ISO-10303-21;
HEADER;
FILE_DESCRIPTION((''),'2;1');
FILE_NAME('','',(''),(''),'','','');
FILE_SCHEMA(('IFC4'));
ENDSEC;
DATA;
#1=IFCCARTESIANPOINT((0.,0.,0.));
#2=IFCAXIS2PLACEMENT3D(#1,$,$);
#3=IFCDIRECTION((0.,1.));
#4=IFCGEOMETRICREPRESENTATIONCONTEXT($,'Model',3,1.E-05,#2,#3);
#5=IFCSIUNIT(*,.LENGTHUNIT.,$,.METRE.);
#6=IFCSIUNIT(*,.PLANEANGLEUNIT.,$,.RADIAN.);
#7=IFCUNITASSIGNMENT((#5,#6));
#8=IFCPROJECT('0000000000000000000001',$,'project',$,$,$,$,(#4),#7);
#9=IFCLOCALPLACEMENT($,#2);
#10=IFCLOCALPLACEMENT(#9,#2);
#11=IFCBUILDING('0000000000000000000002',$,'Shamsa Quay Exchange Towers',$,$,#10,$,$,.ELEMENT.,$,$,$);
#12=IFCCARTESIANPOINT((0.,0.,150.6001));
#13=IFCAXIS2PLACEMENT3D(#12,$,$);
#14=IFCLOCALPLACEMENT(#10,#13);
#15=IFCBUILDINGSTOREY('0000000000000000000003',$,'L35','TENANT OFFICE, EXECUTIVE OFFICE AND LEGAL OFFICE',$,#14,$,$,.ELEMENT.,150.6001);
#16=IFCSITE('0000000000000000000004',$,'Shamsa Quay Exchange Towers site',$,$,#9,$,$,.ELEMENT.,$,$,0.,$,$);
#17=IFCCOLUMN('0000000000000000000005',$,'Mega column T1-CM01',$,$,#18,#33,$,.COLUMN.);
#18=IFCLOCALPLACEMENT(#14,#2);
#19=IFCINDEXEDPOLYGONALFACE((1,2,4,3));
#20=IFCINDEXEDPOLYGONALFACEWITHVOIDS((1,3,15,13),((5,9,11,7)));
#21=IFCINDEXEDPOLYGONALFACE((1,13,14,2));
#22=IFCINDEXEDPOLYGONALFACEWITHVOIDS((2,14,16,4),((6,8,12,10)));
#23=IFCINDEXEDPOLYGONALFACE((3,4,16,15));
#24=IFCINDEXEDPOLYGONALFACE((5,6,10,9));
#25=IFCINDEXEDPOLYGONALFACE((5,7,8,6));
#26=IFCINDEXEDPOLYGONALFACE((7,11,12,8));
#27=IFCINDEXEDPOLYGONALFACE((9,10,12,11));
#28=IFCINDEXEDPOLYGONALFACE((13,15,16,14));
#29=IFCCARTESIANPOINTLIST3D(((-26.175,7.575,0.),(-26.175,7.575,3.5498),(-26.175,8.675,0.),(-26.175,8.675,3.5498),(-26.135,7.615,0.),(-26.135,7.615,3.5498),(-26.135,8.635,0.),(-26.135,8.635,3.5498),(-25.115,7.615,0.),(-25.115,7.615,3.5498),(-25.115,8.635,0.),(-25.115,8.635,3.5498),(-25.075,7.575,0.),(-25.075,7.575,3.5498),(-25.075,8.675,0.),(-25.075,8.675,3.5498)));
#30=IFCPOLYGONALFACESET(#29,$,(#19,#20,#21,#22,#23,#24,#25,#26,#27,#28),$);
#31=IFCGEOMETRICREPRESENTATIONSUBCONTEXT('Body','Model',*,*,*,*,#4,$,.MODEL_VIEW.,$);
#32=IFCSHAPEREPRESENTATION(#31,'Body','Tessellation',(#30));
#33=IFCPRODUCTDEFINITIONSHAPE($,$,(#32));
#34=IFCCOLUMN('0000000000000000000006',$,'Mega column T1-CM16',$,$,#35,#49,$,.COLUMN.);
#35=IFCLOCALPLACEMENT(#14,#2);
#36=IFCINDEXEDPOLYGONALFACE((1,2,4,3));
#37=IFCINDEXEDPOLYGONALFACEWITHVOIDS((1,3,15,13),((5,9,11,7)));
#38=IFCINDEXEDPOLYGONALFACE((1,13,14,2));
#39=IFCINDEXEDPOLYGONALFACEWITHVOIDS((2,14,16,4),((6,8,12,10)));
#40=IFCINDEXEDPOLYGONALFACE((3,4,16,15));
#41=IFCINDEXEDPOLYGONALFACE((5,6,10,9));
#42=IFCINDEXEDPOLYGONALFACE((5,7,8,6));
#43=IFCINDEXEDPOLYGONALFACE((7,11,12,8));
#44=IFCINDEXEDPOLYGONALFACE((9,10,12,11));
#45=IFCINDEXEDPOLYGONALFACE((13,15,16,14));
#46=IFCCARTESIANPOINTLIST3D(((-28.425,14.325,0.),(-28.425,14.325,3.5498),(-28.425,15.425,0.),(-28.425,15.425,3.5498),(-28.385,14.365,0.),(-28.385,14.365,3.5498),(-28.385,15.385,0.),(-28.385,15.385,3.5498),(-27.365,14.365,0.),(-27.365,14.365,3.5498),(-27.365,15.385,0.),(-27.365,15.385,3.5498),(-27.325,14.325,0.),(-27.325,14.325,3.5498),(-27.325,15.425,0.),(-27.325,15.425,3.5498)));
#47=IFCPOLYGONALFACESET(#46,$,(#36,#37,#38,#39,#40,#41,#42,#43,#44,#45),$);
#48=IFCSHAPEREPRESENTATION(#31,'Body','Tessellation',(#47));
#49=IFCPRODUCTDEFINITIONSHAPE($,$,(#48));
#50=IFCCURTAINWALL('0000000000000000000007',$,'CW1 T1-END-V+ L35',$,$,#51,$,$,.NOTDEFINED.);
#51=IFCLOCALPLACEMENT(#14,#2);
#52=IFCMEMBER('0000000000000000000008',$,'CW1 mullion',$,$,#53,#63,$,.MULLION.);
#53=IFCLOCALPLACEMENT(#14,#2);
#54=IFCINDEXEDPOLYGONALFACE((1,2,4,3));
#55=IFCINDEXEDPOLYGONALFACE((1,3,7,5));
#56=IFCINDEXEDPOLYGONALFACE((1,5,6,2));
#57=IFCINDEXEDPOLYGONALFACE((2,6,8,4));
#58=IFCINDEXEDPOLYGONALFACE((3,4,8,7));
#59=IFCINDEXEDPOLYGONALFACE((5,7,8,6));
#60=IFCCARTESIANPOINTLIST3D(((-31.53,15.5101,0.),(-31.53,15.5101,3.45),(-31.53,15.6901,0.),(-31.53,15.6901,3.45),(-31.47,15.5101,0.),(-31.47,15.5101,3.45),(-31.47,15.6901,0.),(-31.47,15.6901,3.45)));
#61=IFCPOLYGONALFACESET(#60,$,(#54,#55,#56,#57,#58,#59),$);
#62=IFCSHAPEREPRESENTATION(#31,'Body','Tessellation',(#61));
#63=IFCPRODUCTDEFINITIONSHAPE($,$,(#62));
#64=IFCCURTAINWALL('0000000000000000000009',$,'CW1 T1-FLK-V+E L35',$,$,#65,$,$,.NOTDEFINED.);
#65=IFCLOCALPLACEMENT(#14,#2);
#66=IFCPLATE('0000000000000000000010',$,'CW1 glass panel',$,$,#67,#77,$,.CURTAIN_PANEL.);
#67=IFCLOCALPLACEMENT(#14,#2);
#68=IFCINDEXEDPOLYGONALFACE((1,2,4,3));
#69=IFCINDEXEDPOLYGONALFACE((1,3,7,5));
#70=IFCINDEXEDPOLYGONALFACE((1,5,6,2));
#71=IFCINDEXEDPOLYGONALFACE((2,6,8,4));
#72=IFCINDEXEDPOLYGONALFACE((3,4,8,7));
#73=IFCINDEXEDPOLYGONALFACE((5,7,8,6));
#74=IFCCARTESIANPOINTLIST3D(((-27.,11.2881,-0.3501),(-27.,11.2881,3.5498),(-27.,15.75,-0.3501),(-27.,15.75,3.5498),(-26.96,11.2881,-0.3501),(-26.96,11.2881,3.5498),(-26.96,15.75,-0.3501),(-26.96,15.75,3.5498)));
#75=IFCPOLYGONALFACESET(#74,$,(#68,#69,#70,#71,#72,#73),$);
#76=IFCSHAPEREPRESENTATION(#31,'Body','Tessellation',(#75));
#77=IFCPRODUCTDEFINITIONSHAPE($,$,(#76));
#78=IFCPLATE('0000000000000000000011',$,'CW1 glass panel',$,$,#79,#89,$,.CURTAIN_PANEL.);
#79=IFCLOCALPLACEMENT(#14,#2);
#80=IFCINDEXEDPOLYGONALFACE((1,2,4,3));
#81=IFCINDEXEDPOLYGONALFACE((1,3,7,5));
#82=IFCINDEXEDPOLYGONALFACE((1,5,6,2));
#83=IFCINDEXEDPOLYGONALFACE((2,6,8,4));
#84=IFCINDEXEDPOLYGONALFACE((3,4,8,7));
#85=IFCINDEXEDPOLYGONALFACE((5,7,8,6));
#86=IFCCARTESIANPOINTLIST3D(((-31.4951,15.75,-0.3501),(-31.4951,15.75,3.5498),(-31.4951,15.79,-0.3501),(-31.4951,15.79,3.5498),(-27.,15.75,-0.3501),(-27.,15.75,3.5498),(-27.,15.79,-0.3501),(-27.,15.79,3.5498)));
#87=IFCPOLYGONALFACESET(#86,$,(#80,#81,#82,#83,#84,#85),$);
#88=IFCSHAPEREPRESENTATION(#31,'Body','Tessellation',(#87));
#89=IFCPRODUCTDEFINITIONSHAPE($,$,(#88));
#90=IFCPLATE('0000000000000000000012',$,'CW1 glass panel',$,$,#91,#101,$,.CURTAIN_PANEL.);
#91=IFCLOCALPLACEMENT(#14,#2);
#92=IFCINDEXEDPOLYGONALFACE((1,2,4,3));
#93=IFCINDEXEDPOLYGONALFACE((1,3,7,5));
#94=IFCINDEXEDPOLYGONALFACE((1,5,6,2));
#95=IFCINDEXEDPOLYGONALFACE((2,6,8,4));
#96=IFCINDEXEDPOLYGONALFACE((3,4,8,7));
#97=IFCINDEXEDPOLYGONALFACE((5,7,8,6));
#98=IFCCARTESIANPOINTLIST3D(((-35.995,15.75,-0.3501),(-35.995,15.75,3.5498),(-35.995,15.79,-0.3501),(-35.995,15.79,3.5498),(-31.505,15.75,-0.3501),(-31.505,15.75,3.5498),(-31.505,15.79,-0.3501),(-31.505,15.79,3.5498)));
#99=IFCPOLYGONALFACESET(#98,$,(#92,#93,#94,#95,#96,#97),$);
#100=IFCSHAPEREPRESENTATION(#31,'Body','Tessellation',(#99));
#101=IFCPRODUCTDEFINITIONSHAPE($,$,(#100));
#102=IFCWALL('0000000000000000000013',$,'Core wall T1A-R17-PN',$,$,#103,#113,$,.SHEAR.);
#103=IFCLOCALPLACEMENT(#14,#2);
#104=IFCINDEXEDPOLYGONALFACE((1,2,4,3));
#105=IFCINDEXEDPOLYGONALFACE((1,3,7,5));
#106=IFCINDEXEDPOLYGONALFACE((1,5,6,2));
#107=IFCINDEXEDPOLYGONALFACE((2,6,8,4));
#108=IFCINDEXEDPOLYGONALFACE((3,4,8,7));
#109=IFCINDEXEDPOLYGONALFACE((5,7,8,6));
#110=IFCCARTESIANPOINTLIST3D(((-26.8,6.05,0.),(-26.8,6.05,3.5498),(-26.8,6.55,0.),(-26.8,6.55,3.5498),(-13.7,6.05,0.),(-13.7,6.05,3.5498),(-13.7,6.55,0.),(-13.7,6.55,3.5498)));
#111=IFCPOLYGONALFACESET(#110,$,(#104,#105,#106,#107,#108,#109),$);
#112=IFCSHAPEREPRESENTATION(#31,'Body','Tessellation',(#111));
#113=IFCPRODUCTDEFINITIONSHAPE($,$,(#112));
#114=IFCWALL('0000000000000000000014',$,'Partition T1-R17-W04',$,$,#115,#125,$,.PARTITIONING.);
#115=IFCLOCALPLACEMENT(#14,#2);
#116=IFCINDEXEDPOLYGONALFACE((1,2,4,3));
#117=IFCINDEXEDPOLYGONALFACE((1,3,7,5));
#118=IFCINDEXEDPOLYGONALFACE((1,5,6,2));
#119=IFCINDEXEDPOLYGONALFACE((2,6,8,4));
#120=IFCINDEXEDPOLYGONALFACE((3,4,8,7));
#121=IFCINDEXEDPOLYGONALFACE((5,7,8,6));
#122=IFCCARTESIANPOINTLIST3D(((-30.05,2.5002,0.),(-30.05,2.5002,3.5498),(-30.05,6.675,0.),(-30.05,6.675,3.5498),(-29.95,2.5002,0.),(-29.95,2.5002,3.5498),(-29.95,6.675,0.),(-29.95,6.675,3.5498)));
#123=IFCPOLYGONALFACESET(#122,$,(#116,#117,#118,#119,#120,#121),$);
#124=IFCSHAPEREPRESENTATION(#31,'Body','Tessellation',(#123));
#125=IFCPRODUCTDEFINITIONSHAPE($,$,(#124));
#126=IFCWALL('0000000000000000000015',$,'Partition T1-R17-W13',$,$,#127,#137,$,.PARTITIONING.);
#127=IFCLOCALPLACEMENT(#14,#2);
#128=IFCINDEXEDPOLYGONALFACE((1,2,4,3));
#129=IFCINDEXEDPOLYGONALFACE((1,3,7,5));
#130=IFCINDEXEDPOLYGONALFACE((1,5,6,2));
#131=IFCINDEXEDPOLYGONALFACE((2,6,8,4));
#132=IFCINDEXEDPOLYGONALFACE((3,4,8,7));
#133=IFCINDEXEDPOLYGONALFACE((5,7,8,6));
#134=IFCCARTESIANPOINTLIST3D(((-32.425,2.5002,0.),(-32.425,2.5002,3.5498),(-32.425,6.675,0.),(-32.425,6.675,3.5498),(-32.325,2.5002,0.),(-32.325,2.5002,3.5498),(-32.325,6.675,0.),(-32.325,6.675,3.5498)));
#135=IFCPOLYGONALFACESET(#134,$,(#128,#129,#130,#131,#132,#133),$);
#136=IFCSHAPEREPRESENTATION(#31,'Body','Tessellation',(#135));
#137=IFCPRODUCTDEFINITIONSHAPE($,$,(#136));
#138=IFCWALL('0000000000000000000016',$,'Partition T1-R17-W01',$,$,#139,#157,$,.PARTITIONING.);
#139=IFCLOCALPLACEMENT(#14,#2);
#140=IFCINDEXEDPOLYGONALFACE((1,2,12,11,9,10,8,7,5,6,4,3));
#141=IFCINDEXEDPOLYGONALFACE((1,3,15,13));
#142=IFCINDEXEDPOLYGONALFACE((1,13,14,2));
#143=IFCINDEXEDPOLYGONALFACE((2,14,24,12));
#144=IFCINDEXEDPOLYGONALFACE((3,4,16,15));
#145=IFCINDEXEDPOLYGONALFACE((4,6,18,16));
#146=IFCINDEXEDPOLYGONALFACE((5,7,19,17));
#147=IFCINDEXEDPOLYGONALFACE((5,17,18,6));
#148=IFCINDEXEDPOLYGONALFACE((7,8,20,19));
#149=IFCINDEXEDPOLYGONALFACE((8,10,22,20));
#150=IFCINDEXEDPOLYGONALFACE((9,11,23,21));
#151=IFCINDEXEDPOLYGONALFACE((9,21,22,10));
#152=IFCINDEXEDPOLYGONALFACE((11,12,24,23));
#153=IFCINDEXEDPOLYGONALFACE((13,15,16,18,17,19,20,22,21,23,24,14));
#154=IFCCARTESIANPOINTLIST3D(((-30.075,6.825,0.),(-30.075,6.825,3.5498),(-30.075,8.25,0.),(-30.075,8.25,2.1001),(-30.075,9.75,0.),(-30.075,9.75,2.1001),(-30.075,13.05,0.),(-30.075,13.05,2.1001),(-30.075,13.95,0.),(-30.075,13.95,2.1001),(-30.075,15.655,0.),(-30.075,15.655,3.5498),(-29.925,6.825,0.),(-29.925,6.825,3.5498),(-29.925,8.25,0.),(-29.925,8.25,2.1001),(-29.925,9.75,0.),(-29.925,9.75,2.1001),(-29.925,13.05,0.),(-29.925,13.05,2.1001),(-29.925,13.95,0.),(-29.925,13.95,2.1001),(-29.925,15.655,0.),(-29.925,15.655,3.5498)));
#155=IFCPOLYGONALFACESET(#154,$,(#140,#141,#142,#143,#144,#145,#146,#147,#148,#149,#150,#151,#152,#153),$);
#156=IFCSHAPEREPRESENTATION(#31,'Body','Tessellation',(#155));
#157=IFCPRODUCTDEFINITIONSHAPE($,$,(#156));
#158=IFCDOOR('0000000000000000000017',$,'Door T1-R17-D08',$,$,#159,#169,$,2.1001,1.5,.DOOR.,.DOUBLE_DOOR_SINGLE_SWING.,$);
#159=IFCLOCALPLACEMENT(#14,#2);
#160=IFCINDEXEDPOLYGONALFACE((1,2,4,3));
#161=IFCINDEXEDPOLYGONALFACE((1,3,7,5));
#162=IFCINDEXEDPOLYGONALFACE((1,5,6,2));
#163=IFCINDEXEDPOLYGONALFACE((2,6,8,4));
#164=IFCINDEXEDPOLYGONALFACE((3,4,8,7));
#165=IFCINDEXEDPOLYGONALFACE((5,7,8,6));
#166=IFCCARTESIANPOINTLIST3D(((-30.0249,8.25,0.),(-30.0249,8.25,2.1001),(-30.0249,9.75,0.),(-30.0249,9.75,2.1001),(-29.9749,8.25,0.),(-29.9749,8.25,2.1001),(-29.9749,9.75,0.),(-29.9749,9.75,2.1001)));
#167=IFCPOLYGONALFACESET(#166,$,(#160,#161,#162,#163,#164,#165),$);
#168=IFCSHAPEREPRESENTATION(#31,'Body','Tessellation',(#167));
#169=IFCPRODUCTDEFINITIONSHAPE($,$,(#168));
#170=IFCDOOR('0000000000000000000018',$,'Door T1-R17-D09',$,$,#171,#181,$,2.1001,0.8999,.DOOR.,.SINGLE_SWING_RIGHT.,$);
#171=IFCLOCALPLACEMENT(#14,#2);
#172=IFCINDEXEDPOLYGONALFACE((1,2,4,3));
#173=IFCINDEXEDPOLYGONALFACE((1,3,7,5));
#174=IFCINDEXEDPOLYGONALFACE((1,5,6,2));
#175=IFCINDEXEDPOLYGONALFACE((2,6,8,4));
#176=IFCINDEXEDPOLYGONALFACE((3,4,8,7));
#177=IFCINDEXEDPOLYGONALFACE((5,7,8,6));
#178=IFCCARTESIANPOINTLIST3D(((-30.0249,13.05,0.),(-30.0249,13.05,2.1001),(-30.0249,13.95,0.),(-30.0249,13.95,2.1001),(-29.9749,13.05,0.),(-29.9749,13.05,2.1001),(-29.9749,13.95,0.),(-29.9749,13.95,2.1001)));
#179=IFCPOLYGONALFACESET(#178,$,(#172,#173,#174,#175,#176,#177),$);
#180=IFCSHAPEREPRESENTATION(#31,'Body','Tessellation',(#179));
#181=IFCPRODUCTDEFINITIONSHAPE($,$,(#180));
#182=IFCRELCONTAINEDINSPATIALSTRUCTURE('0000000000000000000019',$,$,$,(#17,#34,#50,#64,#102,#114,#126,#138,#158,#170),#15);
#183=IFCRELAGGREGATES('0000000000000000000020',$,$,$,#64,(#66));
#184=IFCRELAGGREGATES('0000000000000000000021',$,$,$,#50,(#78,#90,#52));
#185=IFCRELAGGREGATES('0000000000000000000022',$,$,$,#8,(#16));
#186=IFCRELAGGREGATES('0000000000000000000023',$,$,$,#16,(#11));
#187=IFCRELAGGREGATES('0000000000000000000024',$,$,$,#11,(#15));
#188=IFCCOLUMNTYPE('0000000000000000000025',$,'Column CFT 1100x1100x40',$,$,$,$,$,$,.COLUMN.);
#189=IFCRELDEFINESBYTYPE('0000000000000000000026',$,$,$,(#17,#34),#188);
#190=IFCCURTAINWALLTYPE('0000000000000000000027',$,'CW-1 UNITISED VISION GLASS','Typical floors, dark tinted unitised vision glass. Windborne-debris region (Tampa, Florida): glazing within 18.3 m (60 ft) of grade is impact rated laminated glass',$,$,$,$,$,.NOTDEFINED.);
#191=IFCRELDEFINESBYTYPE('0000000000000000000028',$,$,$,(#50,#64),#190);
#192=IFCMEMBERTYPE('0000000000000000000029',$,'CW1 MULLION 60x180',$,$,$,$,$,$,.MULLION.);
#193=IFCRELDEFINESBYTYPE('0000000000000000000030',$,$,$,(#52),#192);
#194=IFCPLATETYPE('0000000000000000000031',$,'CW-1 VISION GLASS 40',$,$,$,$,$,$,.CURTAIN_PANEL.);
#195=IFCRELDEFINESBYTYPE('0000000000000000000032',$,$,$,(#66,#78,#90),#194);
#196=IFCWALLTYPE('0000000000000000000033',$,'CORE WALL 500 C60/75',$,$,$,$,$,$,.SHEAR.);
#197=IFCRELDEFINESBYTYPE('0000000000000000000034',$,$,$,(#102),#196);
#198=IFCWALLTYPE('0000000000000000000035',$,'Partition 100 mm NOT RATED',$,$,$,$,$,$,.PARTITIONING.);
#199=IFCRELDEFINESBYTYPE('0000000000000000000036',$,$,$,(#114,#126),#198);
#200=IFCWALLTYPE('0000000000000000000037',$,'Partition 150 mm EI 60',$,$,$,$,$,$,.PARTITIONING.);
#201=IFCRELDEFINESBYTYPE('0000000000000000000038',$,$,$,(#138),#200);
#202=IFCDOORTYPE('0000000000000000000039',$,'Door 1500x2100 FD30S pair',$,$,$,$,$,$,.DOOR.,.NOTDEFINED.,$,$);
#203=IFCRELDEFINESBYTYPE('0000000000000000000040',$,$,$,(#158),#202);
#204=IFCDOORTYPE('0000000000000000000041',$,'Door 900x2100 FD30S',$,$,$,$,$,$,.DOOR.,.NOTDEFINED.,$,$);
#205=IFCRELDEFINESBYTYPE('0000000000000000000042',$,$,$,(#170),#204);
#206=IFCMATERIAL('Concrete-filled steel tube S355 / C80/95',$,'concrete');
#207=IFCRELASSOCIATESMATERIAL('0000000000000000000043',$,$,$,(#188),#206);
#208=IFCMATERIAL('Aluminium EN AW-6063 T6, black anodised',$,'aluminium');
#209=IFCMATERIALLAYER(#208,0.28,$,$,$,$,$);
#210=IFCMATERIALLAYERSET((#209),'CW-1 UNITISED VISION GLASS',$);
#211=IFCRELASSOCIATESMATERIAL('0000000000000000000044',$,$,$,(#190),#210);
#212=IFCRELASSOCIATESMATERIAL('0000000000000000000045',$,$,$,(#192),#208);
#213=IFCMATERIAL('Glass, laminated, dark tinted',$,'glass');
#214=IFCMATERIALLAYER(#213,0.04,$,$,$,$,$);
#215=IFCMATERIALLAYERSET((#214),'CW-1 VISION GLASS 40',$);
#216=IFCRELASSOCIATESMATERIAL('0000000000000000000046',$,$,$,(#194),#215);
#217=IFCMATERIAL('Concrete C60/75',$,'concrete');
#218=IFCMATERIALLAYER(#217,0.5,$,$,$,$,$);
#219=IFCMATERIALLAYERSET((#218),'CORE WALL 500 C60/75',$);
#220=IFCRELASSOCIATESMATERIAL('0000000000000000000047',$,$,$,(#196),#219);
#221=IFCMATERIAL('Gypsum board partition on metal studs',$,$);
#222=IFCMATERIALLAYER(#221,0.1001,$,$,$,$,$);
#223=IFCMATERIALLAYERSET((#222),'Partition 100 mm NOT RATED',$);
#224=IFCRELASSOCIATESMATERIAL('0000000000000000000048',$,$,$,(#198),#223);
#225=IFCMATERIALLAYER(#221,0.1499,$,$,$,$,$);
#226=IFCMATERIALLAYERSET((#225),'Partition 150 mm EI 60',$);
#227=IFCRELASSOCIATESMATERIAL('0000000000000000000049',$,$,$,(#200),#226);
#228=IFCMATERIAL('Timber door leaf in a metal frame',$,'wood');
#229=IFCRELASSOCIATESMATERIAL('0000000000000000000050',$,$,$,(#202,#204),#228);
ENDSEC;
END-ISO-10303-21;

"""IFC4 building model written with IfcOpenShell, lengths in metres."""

from ifc_helpers import new_model, si_unit, direction, frame, frame_2d, origin, origin_2d, place, context, subcontext, project, spatial, rectangle, hollow_rectangle, extrude, material, layer, layer_set, material_profile, profile_set, type_object, element, fill, aggregate, save


model = new_model("IFC4")

# Units and contexts
model_context = context("Model", 3, precision=1e-05, world=origin(), true_north=direction((0.0, 1.0)))
body_context = subcontext(model_context, "Body", "Model", "MODEL_VIEW")
ifc_project = project(units=[si_unit("LENGTHUNIT", "METRE"), si_unit("PLANEANGLEUNIT", "RADIAN")], contexts=[model_context])

# Site, building, storey
site_placement = place(None, origin())
site = spatial("IfcSite", under=ifc_project, at=site_placement, Name="Shamsa Quay Exchange Towers site", CompositionType="ELEMENT", RefElevation=0.0)
building_placement = place(site_placement, origin())
building = spatial("IfcBuilding", under=site, at=building_placement, Name="Shamsa Quay Exchange Towers", CompositionType="ELEMENT")
storey_placement = place(building_placement, frame((0.0, 0.0, 150.6001)))
storey = spatial("IfcBuildingStorey", under=building, at=storey_placement, Name="L35", Description="TENANT OFFICE, EXECUTIVE OFFICE AND LEGAL OFFICE", CompositionType="ELEMENT", Elevation=150.6001)

# Columns
ifc_material_1 = material(Name="Concrete-filled steel tube S355 / C80/95", Category="concrete")
ifc_material_profile_1 = material_profile(ifc_material_1, hollow_rectangle(XDim=1.1001, YDim=1.1001, WallThickness=0.04, at=origin_2d()), Name="CFT 1100x1100x40")
ifc_profile_set_1 = profile_set([ifc_material_profile_1], Name="Concrete-filled steel tube S355 / C80/95")
column_type = type_object("IfcColumnType", Name="Column CFT 1100x1100x40", PredefinedType="COLUMN", material=ifc_profile_set_1)
for number, where, name in (
    (1, (-25.625, 8.125, 0.0), "Mega column T1-CM01"),
    (2, (-27.875, 14.875, 0.0), "Mega column T1-CM16"),
):
    element("IfcColumn", number, at=place(storey_placement, frame(where)), inside=storey, type_object=column_type, Name=name, PredefinedType="COLUMN", context=body_context, shape_type="SweptSolid", body=[
        extrude(hollow_rectangle(XDim=1.1001, YDim=1.1001, WallThickness=0.04, at=origin_2d()), origin(), (0.0, 0.0, 1.0), 3.5498),
    ])

# Curtain wall, member
ifc_material_2 = material(Name="Aluminium EN AW-6063 T6, black anodised", Category="aluminium")
ifc_layer_1 = layer(ifc_material_2, 0.28)
ifc_layer_set_1 = layer_set([ifc_layer_1], Name="CW-1 UNITISED VISION GLASS")
curtain_wall_type = type_object("IfcCurtainWallType", Name="CW-1 UNITISED VISION GLASS", Description="Typical floors, dark tinted unitised vision glass. Windborne-debris region (Tampa, Florida): glazing within 18.3 m (60 ft) of grade is impact rated laminated glass", PredefinedType="NOTDEFINED", material=ifc_layer_set_1)
curtain_wall_1_placement = place(storey_placement, origin())
curtain_wall_1 = element("IfcCurtainWall", 3, at=curtain_wall_1_placement, inside=storey, type_object=curtain_wall_type, Name="CW1 T1-END-V+ L35", PredefinedType="NOTDEFINED")
ifc_material_profile_2 = material_profile(ifc_material_2, rectangle(XDim=0.1799, YDim=0.0601, at=origin_2d()), Name="MU60x180")
ifc_profile_set_2 = profile_set([ifc_material_profile_2], Name="Aluminium EN AW-6063 T6, black anodised")
member_type = type_object("IfcMemberType", Name="CW1 MULLION 60x180", PredefinedType="MULLION", material=ifc_profile_set_2)
member_placement = place(storey_placement, frame((-31.5, 15.6001, 0.0), z_axis=(0.0, 0.0, 1.0), x_axis=(0.0, -1.0, 0.0)))
member = element("IfcMember", 4, at=member_placement, type_object=member_type, Name="CW1 mullion", PredefinedType="MULLION", context=body_context, shape_type="SweptSolid", body=[
    extrude(rectangle(XDim=0.1799, YDim=0.0601, at=origin_2d()), origin(), (0.0, 0.0, 1.0), 3.45),
])

# Curtain wall, plate
curtain_wall_2_placement = place(storey_placement, origin())
curtain_wall_2 = element("IfcCurtainWall", 5, at=curtain_wall_2_placement, inside=storey, type_object=curtain_wall_type, Name="CW1 T1-FLK-V+E L35", PredefinedType="NOTDEFINED")
ifc_material_3 = material(Name="Glass, laminated, dark tinted", Category="glass")
ifc_layer_2 = layer(ifc_material_3, 0.04)
ifc_layer_set_2 = layer_set([ifc_layer_2], Name="CW-1 VISION GLASS 40")
plate_type = type_object("IfcPlateType", Name="CW-1 VISION GLASS 40", PredefinedType="CURTAIN_PANEL", material=ifc_layer_set_2)
plate_1_placement = place(storey_placement, frame((-26.98, 13.519, -0.3501), z_axis=(0.0, 0.0, 1.0), x_axis=(0.0, 1.0, 0.0)))
plate_1 = element("IfcPlate", 6, at=plate_1_placement, type_object=plate_type, Name="CW1 glass panel", PredefinedType="CURTAIN_PANEL", context=body_context, shape_type="SweptSolid", body=[
    extrude(rectangle(XDim=4.4619, YDim=0.04, at=origin_2d()), origin(), (0.0, 0.0, 1.0), 3.8999),
])
aggregate(curtain_wall_2, [plate_1])

# Plates
plate_2_placement = place(storey_placement, frame((-29.2476, 15.77, -0.3501), z_axis=(0.0, 0.0, 1.0), x_axis=(-1.0, 0.0, 0.0)))
plate_2 = element("IfcPlate", 7, at=plate_2_placement, type_object=plate_type, Name="CW1 glass panel", PredefinedType="CURTAIN_PANEL", context=body_context, shape_type="SweptSolid", body=[
    extrude(rectangle(XDim=4.4951, YDim=0.04, at=origin_2d()), origin(), (0.0, 0.0, 1.0), 3.8999),
])
plate_3_placement = place(storey_placement, frame((-33.75, 15.77, -0.3501), z_axis=(0.0, 0.0, 1.0), x_axis=(-1.0, 0.0, 0.0)))
plate_3 = element("IfcPlate", 8, at=plate_3_placement, type_object=plate_type, Name="CW1 glass panel", PredefinedType="CURTAIN_PANEL", context=body_context, shape_type="SweptSolid", body=[
    extrude(rectangle(XDim=4.49, YDim=0.04, at=origin_2d()), origin(), (0.0, 0.0, 1.0), 3.8999),
])
aggregate(curtain_wall_1, [plate_2, plate_3, member])

# Wall
ifc_material_4 = material(Name="Concrete C60/75", Category="concrete")
ifc_layer_3 = layer(ifc_material_4, 0.5)
ifc_layer_set_3 = layer_set([ifc_layer_3], Name="CORE WALL 500 C60/75")
wall_type_1 = type_object("IfcWallType", Name="CORE WALL 500 C60/75", PredefinedType="SHEAR", material=ifc_layer_set_3)
wall_1_placement = place(storey_placement, frame((-26.8, 6.3, 0.0)))
element("IfcWall", 9, at=wall_1_placement, inside=storey, type_object=wall_type_1, Name="Core wall T1A-R17-PN", PredefinedType="SHEAR", context=body_context, shape_type="SweptSolid", body=[
    extrude(rectangle(XDim=13.1001, YDim=0.5, at=frame_2d((6.55, 0.0))), origin(), (0.0, 0.0, 1.0), 3.5498),
])

# Walls
ifc_material_5 = material(Name="Gypsum board partition on metal studs")
ifc_layer_4 = layer(ifc_material_5, 0.1001)
ifc_layer_set_4 = layer_set([ifc_layer_4], Name="Partition 100 mm NOT RATED")
wall_type_2 = type_object("IfcWallType", Name="Partition 100 mm NOT RATED", PredefinedType="PARTITIONING", material=ifc_layer_set_4)
for number, where, z_axis, x_axis, name in (
    (10, (-30.0, 2.5002, 0.0), (0.0, 0.0, 1.0), (0.0, 1.0, 0.0), "Partition T1-R17-W04"),
    (11, (-32.375, 2.5002, 0.0), (0.0, 0.0, 1.0), (0.0, 1.0, 0.0), "Partition T1-R17-W13"),
):
    element("IfcWall", number, at=place(storey_placement, frame(where, z_axis=z_axis, x_axis=x_axis)), inside=storey, type_object=wall_type_2, Name=name, PredefinedType="PARTITIONING", context=body_context, shape_type="SweptSolid", body=[
        extrude(rectangle(XDim=4.1748, YDim=0.1001, at=frame_2d((2.0874, 0.0))), origin(), (0.0, 0.0, 1.0), 3.5498),
    ])

# Wall, openings, doors
ifc_layer_5 = layer(ifc_material_5, 0.1499)
ifc_layer_set_5 = layer_set([ifc_layer_5], Name="Partition 150 mm EI 60")
wall_type_3 = type_object("IfcWallType", Name="Partition 150 mm EI 60", PredefinedType="PARTITIONING", material=ifc_layer_set_5)
wall_2_placement = place(storey_placement, frame((-30.0, 6.825, 0.0), z_axis=(0.0, 0.0, 1.0), x_axis=(0.0, 1.0, 0.0)))
wall_2 = element("IfcWall", 12, at=wall_2_placement, inside=storey, type_object=wall_type_3, Name="Partition T1-R17-W01", PredefinedType="PARTITIONING", context=body_context, shape_type="SweptSolid", body=[
    extrude(rectangle(XDim=8.8301, YDim=0.1499, at=frame_2d((4.415, 0.0))), origin(), (0.0, 0.0, 1.0), 3.5498),
])
opening_1_placement = place(wall_2_placement, frame((1.425, 0.0, 0.0)))
opening_1 = element("IfcOpeningElement", 13, at=opening_1_placement, cuts=wall_2, PredefinedType="OPENING", context=body_context, shape_type="SweptSolid", body=[
    extrude(rectangle(XDim=1.5, YDim=2.1001, at=frame_2d((0.75, 1.05))), frame((0.0, 0.085, 0.0), z_axis=(0.0, -1.0, 0.0), x_axis=(1.0, 0.0, 0.0)), (0.0, 0.0, 1.0), 0.1699),
])
opening_2_placement = place(wall_2_placement, frame((6.2251, 0.0, 0.0)))
opening_2 = element("IfcOpeningElement", 14, at=opening_2_placement, cuts=wall_2, PredefinedType="OPENING", context=body_context, shape_type="SweptSolid", body=[
    extrude(rectangle(XDim=0.8999, YDim=2.1001, at=frame_2d((0.45, 1.05))), frame((0.0, 0.085, 0.0), z_axis=(0.0, -1.0, 0.0), x_axis=(1.0, 0.0, 0.0)), (0.0, 0.0, 1.0), 0.1699),
])
ifc_material_6 = material(Name="Timber door leaf in a metal frame", Category="wood")
door_type_1 = type_object("IfcDoorType", Name="Door 1500x2100 FD30S pair", OperationType="NOTDEFINED", PredefinedType="DOOR", material=ifc_material_6)
door_1_placement = place(opening_1_placement, origin())
door_1 = element("IfcDoor", 15, at=door_1_placement, inside=storey, type_object=door_type_1, Name="Door T1-R17-D08", OperationType="DOUBLE_DOOR_SINGLE_SWING", OverallHeight=2.1001, OverallWidth=1.5, PredefinedType="DOOR", context=body_context, shape_type="SweptSolid", body=[
    extrude(rectangle(XDim=1.5, YDim=2.1001, at=frame_2d((0.75, 1.05))), frame((0.0, 0.0249, 0.0), z_axis=(0.0, -1.0, 0.0), x_axis=(1.0, 0.0, 0.0)), (0.0, 0.0, 1.0), 0.05),
])
fill(opening_1, door_1)
door_type_2 = type_object("IfcDoorType", Name="Door 900x2100 FD30S", OperationType="NOTDEFINED", PredefinedType="DOOR", material=ifc_material_6)
door_2_placement = place(opening_2_placement, origin())
door_2 = element("IfcDoor", 16, at=door_2_placement, inside=storey, type_object=door_type_2, Name="Door T1-R17-D09", OperationType="SINGLE_SWING_RIGHT", OverallHeight=2.1001, OverallWidth=0.8999, PredefinedType="DOOR", context=body_context, shape_type="SweptSolid", body=[
    extrude(rectangle(XDim=0.8999, YDim=2.1001, at=frame_2d((0.45, 1.05))), frame((0.0, 0.0249, 0.0), z_axis=(0.0, -1.0, 0.0), x_axis=(1.0, 0.0, 0.0)), (0.0, 0.0, 1.0), 0.05),
])
fill(opening_2, door_2)

save(model, "model.ifc")
